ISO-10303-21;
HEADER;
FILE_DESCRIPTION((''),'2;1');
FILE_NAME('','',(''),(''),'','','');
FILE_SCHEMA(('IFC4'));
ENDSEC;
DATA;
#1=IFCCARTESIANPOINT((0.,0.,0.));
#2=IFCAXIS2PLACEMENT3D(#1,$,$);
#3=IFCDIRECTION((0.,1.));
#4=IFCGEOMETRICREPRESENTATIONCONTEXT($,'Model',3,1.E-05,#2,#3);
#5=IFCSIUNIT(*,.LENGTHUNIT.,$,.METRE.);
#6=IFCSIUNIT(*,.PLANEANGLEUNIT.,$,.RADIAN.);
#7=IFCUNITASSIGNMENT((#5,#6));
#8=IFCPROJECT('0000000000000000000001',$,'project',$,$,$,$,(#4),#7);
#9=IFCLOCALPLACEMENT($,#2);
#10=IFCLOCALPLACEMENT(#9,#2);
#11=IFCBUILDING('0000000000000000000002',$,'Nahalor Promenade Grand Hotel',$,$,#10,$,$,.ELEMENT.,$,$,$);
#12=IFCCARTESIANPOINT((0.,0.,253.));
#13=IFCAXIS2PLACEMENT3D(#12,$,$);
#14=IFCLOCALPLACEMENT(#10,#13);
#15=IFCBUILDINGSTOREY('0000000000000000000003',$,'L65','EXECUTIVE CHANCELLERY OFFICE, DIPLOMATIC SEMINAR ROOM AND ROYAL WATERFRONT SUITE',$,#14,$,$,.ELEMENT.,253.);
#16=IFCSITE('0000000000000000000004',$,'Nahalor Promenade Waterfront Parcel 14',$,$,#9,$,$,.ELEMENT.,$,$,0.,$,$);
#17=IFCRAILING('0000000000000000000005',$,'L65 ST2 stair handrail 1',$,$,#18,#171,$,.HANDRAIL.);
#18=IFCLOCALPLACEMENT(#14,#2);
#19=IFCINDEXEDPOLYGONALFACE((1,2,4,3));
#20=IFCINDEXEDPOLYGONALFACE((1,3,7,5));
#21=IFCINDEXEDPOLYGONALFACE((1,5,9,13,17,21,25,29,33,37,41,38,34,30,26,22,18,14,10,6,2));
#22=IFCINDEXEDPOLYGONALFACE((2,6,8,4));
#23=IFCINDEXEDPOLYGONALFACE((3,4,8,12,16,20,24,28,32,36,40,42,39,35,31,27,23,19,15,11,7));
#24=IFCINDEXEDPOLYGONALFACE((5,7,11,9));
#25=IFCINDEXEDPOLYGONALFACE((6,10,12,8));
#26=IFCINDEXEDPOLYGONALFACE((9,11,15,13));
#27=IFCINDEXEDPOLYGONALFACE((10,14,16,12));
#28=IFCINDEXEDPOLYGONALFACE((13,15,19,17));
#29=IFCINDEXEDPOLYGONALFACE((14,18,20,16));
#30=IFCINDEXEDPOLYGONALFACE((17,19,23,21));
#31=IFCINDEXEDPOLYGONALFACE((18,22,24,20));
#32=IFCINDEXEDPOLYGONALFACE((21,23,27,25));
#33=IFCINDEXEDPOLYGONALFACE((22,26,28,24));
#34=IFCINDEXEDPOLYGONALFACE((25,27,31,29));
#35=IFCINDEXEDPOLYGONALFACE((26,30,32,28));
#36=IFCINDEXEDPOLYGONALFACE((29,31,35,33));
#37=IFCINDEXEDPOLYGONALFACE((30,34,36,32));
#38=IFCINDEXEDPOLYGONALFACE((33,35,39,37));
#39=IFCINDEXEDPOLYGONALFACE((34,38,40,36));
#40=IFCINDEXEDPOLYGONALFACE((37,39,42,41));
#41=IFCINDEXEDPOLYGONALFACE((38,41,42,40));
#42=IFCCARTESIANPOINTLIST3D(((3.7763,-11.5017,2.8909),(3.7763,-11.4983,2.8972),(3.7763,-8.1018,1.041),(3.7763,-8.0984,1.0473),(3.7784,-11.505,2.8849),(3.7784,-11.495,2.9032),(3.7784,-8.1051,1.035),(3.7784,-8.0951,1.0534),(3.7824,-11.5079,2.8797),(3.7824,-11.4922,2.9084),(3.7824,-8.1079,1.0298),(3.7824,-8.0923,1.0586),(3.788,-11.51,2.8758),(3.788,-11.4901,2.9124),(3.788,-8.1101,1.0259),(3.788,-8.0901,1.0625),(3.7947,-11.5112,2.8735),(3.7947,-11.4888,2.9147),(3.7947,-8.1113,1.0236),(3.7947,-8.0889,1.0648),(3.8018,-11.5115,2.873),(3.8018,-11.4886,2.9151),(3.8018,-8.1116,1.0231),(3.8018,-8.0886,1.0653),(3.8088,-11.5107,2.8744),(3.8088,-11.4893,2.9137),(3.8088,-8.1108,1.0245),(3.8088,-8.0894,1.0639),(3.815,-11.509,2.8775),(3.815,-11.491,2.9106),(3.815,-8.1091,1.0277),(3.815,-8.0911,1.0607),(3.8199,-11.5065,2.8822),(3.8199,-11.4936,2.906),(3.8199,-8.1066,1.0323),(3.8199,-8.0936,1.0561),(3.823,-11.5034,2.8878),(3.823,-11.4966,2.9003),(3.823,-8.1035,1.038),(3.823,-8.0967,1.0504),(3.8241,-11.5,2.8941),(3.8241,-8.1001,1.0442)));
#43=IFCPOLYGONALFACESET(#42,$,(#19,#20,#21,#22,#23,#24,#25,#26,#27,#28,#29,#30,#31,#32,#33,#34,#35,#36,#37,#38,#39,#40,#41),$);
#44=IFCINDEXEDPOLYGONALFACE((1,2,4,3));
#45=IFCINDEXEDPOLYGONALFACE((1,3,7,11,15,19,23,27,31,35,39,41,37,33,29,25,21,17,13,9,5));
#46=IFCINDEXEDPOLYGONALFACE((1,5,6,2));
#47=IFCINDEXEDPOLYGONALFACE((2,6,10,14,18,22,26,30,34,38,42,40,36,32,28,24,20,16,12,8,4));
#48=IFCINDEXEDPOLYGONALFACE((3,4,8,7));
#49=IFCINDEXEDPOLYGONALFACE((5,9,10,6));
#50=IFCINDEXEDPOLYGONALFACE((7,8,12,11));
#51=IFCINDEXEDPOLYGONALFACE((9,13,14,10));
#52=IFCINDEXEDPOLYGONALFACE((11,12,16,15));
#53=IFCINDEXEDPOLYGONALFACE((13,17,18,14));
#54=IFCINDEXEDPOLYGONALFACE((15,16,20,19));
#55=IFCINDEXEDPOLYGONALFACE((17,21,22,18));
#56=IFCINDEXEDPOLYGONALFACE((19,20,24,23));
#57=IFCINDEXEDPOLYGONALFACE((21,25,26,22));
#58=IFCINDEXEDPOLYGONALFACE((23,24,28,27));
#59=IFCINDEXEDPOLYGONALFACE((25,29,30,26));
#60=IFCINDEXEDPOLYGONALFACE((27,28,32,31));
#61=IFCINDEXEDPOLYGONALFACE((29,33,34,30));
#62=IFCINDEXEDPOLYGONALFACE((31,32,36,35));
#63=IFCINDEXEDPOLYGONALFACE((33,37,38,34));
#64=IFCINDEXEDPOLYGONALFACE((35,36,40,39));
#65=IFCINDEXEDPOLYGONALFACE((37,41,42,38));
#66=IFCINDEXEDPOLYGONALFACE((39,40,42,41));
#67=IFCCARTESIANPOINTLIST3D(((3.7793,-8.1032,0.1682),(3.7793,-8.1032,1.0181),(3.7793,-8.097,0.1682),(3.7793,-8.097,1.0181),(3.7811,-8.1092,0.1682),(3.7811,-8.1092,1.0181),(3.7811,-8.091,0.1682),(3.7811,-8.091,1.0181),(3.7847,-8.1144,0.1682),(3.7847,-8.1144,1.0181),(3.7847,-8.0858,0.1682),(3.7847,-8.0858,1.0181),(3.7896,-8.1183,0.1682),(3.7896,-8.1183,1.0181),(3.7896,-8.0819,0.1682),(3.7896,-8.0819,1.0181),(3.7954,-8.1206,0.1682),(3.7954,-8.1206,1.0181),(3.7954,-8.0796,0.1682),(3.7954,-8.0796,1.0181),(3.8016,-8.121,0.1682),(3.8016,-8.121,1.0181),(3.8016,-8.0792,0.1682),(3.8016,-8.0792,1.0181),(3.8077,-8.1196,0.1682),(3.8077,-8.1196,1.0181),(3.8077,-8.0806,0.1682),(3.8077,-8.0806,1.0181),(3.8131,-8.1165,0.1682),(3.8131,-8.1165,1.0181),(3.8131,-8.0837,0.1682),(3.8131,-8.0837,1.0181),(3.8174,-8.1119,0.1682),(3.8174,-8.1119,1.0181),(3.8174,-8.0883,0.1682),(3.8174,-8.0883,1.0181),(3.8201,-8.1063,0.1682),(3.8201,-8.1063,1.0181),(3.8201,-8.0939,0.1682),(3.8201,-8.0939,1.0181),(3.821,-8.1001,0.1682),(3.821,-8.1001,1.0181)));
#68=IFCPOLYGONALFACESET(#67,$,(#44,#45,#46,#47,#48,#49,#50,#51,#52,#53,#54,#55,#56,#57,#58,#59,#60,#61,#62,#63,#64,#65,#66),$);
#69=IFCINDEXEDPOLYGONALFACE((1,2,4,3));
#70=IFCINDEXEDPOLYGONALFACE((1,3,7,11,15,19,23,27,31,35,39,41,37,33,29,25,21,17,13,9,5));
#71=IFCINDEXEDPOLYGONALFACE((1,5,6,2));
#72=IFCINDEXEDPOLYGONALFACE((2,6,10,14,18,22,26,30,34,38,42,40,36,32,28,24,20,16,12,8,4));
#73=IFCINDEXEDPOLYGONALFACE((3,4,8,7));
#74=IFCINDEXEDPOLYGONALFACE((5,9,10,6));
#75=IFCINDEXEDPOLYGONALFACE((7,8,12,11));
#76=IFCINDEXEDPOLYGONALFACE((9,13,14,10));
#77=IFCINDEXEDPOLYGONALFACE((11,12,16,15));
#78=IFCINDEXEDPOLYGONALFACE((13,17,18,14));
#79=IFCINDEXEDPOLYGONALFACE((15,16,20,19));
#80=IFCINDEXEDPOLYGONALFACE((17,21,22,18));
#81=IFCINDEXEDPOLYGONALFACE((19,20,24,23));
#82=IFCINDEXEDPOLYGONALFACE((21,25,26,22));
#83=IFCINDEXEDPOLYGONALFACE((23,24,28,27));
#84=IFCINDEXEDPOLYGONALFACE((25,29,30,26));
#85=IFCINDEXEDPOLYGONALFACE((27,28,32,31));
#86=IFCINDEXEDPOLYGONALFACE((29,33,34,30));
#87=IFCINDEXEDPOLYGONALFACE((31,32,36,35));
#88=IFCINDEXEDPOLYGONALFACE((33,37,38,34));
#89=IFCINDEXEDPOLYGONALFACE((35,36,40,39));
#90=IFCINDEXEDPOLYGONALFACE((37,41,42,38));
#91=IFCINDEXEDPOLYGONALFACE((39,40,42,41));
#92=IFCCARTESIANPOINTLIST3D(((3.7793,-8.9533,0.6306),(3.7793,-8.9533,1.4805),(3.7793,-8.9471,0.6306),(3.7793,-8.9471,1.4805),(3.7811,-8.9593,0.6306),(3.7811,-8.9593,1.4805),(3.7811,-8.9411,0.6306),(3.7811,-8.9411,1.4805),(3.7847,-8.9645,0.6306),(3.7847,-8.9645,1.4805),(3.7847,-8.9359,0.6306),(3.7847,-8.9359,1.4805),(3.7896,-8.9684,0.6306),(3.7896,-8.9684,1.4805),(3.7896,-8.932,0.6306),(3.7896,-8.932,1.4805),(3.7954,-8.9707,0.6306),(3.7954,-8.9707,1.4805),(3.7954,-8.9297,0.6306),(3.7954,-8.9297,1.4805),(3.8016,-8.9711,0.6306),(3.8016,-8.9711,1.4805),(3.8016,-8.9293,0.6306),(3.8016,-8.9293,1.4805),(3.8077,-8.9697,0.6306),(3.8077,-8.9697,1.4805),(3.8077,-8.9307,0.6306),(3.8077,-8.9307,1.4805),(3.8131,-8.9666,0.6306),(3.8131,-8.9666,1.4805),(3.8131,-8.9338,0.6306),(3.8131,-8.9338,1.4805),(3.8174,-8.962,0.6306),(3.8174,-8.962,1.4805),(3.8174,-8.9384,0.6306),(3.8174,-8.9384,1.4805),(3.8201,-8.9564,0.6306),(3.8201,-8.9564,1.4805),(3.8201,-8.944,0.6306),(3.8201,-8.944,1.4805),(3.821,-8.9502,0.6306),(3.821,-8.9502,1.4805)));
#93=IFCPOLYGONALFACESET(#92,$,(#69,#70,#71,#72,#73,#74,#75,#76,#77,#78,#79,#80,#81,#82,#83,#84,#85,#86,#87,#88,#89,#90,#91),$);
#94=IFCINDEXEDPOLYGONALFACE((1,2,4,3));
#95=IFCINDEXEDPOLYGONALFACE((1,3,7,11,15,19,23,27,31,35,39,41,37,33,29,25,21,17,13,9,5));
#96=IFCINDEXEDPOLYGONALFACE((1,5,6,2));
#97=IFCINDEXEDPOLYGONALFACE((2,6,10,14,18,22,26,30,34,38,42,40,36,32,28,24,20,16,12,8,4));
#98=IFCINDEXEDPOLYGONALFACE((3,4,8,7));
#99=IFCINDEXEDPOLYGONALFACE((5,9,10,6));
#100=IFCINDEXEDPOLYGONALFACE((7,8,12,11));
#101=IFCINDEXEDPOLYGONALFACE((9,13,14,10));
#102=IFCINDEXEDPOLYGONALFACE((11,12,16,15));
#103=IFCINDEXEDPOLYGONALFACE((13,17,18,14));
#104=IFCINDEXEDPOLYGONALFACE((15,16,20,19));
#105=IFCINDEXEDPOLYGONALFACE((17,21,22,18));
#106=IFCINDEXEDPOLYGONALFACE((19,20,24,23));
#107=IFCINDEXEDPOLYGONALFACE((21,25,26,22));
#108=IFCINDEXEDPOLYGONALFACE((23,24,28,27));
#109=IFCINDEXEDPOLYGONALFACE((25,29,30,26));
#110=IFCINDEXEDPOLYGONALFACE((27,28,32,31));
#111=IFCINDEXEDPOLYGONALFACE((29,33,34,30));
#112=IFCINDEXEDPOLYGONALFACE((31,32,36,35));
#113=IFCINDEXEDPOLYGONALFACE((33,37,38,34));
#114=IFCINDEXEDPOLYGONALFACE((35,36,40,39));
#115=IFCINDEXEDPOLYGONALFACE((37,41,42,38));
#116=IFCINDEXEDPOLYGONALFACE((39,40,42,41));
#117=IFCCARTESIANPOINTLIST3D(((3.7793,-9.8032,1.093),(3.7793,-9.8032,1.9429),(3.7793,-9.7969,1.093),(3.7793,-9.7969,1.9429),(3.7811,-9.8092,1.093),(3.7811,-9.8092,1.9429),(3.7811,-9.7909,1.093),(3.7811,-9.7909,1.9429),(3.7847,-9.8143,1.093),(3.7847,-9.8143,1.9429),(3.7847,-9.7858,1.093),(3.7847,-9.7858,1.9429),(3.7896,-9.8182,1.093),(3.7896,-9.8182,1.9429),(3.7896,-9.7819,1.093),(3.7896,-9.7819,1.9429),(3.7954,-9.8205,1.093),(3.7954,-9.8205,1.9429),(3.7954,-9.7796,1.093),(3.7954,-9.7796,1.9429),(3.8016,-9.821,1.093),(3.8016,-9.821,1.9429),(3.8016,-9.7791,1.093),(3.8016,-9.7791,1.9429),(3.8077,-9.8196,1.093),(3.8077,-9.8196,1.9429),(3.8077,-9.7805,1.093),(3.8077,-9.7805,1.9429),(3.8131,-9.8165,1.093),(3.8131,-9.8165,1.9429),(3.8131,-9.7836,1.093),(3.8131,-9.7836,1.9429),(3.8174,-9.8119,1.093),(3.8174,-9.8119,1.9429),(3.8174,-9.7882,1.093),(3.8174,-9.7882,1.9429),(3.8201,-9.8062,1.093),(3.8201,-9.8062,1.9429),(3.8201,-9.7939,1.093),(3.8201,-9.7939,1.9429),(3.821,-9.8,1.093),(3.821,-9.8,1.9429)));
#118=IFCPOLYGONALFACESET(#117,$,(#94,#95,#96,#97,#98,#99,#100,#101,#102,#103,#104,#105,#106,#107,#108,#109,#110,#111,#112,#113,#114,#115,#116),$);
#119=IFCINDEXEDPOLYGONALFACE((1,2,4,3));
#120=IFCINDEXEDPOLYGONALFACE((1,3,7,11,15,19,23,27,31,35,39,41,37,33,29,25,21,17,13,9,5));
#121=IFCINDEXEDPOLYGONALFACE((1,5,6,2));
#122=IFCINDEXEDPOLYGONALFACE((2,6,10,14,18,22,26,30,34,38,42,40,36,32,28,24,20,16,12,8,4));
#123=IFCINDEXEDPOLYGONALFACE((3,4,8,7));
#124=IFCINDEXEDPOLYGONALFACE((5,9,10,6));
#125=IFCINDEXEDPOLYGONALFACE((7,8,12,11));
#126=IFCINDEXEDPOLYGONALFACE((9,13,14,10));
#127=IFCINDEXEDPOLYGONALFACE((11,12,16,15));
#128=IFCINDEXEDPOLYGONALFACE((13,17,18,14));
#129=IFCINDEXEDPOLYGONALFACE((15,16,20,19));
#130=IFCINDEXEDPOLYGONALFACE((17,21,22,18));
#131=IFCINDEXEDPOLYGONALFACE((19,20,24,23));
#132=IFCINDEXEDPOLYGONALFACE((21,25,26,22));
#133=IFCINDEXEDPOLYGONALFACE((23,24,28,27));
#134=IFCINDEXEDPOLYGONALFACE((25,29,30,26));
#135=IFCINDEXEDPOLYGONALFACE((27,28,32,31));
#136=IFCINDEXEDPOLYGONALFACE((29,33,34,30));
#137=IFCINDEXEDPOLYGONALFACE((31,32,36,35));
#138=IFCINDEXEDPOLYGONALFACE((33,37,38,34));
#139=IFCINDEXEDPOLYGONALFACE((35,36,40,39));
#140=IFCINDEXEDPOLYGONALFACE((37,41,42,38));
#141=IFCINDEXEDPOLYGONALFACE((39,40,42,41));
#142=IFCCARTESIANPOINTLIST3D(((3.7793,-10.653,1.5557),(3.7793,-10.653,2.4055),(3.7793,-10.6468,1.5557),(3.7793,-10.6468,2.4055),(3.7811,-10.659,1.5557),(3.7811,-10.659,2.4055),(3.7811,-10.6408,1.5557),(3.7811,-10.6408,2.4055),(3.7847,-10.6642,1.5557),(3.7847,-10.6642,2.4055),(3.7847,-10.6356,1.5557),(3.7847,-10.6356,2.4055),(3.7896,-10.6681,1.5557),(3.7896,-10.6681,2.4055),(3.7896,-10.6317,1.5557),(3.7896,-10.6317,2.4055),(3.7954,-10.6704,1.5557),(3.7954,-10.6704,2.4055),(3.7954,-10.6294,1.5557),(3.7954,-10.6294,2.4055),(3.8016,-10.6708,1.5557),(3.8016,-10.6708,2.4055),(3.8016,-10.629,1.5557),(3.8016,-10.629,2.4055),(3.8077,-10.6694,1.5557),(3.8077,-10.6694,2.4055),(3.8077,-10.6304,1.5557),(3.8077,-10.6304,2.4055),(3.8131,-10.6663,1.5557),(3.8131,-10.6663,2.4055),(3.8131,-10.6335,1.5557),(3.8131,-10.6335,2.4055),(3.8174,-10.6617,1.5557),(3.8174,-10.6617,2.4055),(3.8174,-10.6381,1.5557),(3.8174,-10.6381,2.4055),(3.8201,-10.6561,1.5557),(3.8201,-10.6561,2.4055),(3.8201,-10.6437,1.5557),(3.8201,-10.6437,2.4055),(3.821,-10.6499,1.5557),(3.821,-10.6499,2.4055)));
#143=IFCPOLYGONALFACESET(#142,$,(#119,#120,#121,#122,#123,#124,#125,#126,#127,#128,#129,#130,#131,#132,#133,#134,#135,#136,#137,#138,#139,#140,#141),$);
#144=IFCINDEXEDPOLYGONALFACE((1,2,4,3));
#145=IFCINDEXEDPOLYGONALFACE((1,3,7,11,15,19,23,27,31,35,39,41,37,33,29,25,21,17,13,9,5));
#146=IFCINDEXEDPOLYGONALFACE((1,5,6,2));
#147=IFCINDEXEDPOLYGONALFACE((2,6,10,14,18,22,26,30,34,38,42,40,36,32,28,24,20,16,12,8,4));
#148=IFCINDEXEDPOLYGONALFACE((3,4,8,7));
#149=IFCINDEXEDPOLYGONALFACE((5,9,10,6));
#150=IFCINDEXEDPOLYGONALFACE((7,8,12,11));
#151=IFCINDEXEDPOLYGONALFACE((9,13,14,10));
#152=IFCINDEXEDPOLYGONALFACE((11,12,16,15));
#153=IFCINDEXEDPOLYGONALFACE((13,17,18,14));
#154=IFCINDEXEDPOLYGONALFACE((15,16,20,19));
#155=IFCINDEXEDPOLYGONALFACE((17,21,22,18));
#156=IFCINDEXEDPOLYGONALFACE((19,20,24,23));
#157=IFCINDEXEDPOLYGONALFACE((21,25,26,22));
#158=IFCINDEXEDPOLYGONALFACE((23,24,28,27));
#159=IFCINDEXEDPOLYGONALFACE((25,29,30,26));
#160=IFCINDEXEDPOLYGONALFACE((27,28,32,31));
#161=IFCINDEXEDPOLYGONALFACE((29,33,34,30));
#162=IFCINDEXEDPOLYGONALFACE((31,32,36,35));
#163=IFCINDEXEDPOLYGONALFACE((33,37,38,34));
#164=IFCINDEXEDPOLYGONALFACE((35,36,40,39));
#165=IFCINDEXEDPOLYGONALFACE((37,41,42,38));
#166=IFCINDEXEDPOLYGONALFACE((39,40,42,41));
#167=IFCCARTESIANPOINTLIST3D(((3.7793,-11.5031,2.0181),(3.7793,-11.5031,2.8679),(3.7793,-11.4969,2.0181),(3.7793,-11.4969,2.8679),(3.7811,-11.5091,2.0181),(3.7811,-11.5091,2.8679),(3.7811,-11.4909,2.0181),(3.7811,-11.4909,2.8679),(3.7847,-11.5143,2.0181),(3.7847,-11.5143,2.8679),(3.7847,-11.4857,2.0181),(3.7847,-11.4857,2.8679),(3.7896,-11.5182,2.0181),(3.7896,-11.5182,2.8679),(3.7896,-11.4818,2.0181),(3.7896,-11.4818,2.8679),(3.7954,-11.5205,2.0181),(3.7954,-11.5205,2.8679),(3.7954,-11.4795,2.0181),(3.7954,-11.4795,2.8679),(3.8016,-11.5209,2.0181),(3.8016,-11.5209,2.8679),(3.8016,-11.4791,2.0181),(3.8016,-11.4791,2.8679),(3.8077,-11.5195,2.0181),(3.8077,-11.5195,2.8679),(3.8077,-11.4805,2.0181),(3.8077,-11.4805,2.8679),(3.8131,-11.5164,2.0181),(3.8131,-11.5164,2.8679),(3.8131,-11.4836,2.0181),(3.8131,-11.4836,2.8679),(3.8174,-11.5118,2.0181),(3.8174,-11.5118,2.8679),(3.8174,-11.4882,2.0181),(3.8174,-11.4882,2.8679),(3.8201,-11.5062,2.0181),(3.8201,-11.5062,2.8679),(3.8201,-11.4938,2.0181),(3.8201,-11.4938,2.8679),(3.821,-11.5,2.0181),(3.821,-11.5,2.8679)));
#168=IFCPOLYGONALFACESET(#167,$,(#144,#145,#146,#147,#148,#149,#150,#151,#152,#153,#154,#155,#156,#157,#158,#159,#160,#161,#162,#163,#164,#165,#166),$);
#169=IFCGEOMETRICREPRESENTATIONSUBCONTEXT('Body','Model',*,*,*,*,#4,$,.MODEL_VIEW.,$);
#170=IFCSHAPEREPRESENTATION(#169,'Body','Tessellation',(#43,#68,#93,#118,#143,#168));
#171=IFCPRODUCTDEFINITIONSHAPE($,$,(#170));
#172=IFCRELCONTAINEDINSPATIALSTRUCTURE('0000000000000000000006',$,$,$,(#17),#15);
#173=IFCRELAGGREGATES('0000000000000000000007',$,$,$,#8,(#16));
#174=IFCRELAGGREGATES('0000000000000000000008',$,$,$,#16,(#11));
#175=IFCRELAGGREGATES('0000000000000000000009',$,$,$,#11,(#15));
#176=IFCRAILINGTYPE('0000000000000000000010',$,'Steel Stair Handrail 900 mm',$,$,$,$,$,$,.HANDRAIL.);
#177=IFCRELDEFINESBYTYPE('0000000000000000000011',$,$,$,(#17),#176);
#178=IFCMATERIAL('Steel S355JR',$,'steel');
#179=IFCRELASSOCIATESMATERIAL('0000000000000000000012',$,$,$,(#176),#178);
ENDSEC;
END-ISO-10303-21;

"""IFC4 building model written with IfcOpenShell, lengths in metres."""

from ifc_helpers import new_model, si_unit, direction, frame, origin, origin_2d, place, context, subcontext, project, spatial, circle, extrude, material, type_object, element, save


model = new_model("IFC4")

# Units and contexts
model_context = context("Model", 3, precision=1e-05, world=origin(), true_north=direction((0.0, 1.0)))
body_context = subcontext(model_context, "Body", "Model", "MODEL_VIEW")
ifc_project = project(units=[si_unit("LENGTHUNIT", "METRE"), si_unit("PLANEANGLEUNIT", "RADIAN")], contexts=[model_context])

# Site, building, storey
site_placement = place(None, origin())
site = spatial("IfcSite", under=ifc_project, at=site_placement, Name="Nahalor Promenade Waterfront Parcel 14", CompositionType="ELEMENT", RefElevation=0.0)
building_placement = place(site_placement, origin())
building = spatial("IfcBuilding", under=site, at=building_placement, Name="Nahalor Promenade Grand Hotel", CompositionType="ELEMENT")
storey_placement = place(building_placement, frame((0.0, 0.0, 253.0)))
storey = spatial("IfcBuildingStorey", under=building, at=storey_placement, Name="L65", Description="EXECUTIVE CHANCELLERY OFFICE, DIPLOMATIC SEMINAR ROOM AND ROYAL WATERFRONT SUITE", CompositionType="ELEMENT", Elevation=253.0)

# Shared definitions
ifc_material_1 = material(Name="Steel S355JR", Category="steel")

# Railing
railing_type_1 = type_object("IfcRailingType", Name="Steel Stair Handrail 900 mm", PredefinedType="HANDRAIL", material=ifc_material_1)
railing_1_placement = place(storey_placement, frame((3.8, -8.1001, 0.1682)))
element("IfcRailing", 1, at=railing_1_placement, inside=storey, type_object=railing_type_1, Name="L65 ST2 stair handrail 1", PredefinedType="HANDRAIL", context=body_context, shape_type="SweptSolid", body=[
    extrude(circle(Radius=0.024, at=origin_2d()), frame((0.0, 0.0, 0.876), z_axis=(0.0, -0.878399, 0.477928), x_axis=(1.0, 0.0, 0.0)), (0.0, 0.0, 1.0), 3.8706),
    extrude(circle(Radius=0.021, at=origin_2d()), origin(), (0.0, 0.0, 1.0), 0.8499),
    extrude(circle(Radius=0.021, at=origin_2d()), frame((0.0, -0.8501, 0.4624)), (0.0, 0.0, 1.0), 0.8499),
    extrude(circle(Radius=0.021, at=origin_2d()), frame((0.0, -1.7, 0.9248)), (0.0, 0.0, 1.0), 0.8499),
    extrude(circle(Radius=0.021, at=origin_2d()), frame((0.0, -2.5498, 1.3875)), (0.0, 0.0, 1.0), 0.8499),
    extrude(circle(Radius=0.021, at=origin_2d()), frame((0.0, -3.3999, 1.8499)), (0.0, 0.0, 1.0), 0.8499),
])

save(model, "model.ifc")
